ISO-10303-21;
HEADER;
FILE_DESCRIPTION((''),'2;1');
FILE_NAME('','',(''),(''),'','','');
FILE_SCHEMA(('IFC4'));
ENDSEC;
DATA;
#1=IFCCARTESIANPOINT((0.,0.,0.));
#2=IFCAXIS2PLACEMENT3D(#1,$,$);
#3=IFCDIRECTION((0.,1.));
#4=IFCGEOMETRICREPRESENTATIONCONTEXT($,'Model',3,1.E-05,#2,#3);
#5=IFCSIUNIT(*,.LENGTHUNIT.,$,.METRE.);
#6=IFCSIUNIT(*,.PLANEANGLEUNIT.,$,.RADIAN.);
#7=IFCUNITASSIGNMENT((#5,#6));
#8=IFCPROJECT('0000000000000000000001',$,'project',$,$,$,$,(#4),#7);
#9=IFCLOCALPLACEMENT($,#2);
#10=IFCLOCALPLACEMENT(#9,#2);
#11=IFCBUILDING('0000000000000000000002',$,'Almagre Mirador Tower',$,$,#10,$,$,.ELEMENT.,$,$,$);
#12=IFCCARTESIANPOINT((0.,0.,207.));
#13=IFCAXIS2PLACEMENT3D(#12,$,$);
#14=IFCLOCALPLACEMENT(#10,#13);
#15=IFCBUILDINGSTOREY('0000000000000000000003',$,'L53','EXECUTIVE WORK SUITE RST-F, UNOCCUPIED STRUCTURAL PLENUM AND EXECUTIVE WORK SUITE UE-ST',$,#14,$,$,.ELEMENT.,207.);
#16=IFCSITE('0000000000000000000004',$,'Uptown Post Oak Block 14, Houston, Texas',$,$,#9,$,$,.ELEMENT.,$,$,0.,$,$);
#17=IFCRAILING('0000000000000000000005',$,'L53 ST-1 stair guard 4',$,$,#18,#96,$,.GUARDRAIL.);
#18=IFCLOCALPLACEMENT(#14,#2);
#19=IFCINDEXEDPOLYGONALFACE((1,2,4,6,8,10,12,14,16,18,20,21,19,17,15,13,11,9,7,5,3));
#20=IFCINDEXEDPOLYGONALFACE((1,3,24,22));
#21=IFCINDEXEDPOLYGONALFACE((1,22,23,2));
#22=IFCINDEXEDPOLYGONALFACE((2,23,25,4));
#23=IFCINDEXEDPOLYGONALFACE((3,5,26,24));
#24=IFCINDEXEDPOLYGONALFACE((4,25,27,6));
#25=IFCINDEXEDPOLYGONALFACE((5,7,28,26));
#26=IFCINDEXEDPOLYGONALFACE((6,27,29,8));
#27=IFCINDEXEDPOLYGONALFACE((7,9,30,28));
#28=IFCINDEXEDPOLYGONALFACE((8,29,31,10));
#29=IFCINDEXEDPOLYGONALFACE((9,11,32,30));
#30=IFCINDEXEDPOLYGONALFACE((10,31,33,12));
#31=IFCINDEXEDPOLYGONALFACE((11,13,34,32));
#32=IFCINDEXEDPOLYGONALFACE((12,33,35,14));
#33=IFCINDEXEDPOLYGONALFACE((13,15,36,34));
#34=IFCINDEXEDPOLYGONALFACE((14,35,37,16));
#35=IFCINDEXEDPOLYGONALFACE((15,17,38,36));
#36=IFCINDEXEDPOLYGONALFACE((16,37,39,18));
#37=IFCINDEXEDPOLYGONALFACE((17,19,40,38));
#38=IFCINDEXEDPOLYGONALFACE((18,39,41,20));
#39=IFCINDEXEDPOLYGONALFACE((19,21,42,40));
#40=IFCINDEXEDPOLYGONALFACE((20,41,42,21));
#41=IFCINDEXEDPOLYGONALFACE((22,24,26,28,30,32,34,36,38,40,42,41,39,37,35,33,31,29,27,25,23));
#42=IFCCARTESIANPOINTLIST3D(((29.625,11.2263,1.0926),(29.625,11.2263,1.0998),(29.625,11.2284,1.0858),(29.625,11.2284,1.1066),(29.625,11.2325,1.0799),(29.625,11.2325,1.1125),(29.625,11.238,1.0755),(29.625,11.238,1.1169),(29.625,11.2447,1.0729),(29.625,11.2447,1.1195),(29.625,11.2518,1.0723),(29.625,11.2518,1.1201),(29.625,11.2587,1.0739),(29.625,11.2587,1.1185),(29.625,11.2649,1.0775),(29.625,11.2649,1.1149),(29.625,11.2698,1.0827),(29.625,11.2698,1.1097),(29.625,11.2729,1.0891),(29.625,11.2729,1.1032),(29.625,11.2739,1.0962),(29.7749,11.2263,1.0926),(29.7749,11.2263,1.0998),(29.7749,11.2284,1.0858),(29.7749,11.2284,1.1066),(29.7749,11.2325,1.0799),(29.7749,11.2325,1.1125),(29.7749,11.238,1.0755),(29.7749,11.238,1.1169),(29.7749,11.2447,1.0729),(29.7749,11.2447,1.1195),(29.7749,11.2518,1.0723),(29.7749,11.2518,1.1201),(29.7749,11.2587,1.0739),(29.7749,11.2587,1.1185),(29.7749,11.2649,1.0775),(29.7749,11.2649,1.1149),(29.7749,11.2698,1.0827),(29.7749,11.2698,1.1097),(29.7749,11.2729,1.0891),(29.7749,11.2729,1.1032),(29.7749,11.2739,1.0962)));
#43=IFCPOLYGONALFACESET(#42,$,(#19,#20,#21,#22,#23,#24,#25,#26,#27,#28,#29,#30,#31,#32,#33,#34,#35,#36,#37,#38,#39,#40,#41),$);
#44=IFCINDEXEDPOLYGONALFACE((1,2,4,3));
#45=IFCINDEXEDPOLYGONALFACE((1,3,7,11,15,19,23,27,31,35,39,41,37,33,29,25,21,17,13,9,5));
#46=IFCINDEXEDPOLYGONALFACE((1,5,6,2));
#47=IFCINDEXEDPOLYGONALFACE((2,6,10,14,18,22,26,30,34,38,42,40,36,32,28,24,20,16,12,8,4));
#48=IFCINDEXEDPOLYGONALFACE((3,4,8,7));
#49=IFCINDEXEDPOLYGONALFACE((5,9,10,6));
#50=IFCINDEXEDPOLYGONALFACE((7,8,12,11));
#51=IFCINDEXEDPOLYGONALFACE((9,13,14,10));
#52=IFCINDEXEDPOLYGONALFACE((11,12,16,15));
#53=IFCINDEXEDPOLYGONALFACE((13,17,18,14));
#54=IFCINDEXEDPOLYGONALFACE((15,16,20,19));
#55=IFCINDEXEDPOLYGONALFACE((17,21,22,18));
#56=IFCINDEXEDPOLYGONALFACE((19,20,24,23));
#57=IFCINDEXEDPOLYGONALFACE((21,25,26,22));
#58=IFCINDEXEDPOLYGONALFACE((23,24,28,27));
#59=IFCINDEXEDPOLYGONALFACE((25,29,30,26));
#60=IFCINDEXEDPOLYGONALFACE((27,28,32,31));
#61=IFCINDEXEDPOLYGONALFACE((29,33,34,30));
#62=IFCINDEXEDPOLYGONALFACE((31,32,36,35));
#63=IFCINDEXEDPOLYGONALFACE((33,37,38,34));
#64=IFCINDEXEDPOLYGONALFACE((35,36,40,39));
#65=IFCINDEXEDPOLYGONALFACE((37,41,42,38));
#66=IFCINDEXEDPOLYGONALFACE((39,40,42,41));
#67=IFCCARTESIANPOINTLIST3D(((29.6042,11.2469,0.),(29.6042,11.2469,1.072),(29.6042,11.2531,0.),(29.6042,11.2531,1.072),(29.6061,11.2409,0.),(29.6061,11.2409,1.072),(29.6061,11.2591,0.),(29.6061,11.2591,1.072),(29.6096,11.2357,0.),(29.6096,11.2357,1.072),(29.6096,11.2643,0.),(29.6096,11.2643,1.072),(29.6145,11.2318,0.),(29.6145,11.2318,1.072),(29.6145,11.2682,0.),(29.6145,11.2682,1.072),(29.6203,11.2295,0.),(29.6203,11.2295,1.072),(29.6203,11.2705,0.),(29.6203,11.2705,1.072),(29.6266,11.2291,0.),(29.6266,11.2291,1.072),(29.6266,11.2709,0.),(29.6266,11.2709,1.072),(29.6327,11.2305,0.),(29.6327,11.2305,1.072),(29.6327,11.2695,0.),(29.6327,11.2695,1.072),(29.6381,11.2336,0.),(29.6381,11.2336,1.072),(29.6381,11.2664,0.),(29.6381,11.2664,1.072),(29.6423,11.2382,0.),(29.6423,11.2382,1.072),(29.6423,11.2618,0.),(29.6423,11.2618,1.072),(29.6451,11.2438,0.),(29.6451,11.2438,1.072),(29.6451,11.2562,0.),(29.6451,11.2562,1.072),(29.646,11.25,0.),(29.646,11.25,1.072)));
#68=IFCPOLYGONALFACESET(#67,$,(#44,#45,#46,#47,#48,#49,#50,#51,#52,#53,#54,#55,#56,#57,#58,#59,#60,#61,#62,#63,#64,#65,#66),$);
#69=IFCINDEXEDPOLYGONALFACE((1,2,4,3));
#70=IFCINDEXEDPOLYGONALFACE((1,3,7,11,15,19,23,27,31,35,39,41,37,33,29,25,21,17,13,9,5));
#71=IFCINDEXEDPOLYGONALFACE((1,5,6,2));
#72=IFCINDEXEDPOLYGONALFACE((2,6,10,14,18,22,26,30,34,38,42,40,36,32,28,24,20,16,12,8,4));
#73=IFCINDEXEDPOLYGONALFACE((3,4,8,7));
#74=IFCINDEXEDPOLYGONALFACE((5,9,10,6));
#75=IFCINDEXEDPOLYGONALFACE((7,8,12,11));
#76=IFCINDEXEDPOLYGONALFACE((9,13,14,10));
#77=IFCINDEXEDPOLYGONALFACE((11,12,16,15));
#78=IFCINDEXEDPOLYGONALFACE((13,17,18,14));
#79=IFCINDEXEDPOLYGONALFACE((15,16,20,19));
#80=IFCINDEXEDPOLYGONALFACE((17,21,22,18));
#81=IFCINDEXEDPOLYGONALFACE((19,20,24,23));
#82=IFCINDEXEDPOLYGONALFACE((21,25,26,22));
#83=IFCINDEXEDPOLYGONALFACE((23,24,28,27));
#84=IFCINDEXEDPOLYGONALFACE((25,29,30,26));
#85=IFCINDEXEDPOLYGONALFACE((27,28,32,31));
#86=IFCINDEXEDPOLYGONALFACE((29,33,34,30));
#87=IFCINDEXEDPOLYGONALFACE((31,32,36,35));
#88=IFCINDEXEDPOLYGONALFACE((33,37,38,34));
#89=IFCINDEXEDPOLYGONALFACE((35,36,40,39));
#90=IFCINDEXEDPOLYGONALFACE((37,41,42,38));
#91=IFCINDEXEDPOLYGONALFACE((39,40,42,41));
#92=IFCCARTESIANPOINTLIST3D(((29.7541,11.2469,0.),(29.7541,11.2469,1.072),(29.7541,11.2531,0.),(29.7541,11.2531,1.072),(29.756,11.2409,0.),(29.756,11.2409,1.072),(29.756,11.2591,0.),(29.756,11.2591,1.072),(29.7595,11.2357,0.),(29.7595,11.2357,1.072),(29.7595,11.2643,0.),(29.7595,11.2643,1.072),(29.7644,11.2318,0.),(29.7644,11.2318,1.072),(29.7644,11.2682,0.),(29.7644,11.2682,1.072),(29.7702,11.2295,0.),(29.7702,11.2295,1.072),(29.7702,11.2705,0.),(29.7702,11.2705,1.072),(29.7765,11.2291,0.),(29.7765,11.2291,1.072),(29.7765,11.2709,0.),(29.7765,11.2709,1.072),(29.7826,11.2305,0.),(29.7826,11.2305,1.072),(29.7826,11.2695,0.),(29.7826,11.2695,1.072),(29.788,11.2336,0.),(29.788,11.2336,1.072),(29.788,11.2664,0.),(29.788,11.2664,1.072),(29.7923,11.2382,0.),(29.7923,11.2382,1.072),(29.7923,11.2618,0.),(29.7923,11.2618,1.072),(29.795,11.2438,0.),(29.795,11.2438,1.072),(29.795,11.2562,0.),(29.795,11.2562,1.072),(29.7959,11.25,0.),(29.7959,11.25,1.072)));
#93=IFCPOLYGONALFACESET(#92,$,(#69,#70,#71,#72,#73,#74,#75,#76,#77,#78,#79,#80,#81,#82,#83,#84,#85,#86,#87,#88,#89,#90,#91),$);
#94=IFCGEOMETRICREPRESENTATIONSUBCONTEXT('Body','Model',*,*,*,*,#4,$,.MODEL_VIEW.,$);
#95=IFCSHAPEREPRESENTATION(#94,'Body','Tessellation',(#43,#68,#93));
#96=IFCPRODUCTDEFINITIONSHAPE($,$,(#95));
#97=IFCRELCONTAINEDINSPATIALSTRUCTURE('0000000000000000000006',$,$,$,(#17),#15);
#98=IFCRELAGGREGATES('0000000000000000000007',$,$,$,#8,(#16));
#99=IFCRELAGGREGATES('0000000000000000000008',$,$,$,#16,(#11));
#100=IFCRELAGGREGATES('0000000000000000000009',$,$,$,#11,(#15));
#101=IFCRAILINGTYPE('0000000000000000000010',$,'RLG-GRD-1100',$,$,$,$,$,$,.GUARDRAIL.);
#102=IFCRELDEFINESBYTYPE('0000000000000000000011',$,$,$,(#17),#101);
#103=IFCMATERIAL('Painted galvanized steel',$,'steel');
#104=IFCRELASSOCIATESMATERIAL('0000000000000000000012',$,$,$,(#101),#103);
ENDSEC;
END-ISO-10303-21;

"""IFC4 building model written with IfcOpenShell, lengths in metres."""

from ifc_helpers import new_model, si_unit, direction, frame, origin, origin_2d, place, context, subcontext, project, spatial, circle, extrude, material, type_object, element, save


model = new_model("IFC4")

# Units and contexts
model_context = context("Model", 3, precision=1e-05, world=origin(), true_north=direction((0.0, 1.0)))
body_context = subcontext(model_context, "Body", "Model", "MODEL_VIEW")
ifc_project = project(units=[si_unit("LENGTHUNIT", "METRE"), si_unit("PLANEANGLEUNIT", "RADIAN")], contexts=[model_context])

# Site, building, storey
site_placement = place(None, origin())
site = spatial("IfcSite", under=ifc_project, at=site_placement, Name="Uptown Post Oak Block 14, Houston, Texas", CompositionType="ELEMENT", RefElevation=0.0)
building_placement = place(site_placement, origin())
building = spatial("IfcBuilding", under=site, at=building_placement, Name="Almagre Mirador Tower", CompositionType="ELEMENT")
storey_placement = place(building_placement, frame((0.0, 0.0, 207.0)))
storey = spatial("IfcBuildingStorey", under=building, at=storey_placement, Name="L53", Description="EXECUTIVE WORK SUITE RST-F, UNOCCUPIED STRUCTURAL PLENUM AND EXECUTIVE WORK SUITE UE-ST", CompositionType="ELEMENT", Elevation=207.0)

# Railing
ifc_material_1 = material(Name="Painted galvanized steel", Category="steel")
railing_type_1 = type_object("IfcRailingType", Name="RLG-GRD-1100", PredefinedType="GUARDRAIL", material=ifc_material_1)
railing_1_placement = place(storey_placement, frame((29.625, 11.25, 0.0)))
element("IfcRailing", 1, at=railing_1_placement, inside=storey, type_object=railing_type_1, Name="L53 ST-1 stair guard 4", PredefinedType="GUARDRAIL", context=body_context, shape_type="SweptSolid", body=[
    extrude(circle(Radius=0.0239, at=origin_2d()), frame((0.0, 0.0, 1.0962), z_axis=(1.0, 0.0, 0.0), x_axis=(0.0, 1.0, 0.0)), (0.0, 0.0, 1.0), 0.1499),
    extrude(circle(Radius=0.021, at=origin_2d()), origin(), (0.0, 0.0, 1.0), 1.072),
    extrude(circle(Radius=0.021, at=origin_2d()), frame((0.1499, 0.0, 0.0)), (0.0, 0.0, 1.0), 1.072),
])

save(model, "model.ifc")
